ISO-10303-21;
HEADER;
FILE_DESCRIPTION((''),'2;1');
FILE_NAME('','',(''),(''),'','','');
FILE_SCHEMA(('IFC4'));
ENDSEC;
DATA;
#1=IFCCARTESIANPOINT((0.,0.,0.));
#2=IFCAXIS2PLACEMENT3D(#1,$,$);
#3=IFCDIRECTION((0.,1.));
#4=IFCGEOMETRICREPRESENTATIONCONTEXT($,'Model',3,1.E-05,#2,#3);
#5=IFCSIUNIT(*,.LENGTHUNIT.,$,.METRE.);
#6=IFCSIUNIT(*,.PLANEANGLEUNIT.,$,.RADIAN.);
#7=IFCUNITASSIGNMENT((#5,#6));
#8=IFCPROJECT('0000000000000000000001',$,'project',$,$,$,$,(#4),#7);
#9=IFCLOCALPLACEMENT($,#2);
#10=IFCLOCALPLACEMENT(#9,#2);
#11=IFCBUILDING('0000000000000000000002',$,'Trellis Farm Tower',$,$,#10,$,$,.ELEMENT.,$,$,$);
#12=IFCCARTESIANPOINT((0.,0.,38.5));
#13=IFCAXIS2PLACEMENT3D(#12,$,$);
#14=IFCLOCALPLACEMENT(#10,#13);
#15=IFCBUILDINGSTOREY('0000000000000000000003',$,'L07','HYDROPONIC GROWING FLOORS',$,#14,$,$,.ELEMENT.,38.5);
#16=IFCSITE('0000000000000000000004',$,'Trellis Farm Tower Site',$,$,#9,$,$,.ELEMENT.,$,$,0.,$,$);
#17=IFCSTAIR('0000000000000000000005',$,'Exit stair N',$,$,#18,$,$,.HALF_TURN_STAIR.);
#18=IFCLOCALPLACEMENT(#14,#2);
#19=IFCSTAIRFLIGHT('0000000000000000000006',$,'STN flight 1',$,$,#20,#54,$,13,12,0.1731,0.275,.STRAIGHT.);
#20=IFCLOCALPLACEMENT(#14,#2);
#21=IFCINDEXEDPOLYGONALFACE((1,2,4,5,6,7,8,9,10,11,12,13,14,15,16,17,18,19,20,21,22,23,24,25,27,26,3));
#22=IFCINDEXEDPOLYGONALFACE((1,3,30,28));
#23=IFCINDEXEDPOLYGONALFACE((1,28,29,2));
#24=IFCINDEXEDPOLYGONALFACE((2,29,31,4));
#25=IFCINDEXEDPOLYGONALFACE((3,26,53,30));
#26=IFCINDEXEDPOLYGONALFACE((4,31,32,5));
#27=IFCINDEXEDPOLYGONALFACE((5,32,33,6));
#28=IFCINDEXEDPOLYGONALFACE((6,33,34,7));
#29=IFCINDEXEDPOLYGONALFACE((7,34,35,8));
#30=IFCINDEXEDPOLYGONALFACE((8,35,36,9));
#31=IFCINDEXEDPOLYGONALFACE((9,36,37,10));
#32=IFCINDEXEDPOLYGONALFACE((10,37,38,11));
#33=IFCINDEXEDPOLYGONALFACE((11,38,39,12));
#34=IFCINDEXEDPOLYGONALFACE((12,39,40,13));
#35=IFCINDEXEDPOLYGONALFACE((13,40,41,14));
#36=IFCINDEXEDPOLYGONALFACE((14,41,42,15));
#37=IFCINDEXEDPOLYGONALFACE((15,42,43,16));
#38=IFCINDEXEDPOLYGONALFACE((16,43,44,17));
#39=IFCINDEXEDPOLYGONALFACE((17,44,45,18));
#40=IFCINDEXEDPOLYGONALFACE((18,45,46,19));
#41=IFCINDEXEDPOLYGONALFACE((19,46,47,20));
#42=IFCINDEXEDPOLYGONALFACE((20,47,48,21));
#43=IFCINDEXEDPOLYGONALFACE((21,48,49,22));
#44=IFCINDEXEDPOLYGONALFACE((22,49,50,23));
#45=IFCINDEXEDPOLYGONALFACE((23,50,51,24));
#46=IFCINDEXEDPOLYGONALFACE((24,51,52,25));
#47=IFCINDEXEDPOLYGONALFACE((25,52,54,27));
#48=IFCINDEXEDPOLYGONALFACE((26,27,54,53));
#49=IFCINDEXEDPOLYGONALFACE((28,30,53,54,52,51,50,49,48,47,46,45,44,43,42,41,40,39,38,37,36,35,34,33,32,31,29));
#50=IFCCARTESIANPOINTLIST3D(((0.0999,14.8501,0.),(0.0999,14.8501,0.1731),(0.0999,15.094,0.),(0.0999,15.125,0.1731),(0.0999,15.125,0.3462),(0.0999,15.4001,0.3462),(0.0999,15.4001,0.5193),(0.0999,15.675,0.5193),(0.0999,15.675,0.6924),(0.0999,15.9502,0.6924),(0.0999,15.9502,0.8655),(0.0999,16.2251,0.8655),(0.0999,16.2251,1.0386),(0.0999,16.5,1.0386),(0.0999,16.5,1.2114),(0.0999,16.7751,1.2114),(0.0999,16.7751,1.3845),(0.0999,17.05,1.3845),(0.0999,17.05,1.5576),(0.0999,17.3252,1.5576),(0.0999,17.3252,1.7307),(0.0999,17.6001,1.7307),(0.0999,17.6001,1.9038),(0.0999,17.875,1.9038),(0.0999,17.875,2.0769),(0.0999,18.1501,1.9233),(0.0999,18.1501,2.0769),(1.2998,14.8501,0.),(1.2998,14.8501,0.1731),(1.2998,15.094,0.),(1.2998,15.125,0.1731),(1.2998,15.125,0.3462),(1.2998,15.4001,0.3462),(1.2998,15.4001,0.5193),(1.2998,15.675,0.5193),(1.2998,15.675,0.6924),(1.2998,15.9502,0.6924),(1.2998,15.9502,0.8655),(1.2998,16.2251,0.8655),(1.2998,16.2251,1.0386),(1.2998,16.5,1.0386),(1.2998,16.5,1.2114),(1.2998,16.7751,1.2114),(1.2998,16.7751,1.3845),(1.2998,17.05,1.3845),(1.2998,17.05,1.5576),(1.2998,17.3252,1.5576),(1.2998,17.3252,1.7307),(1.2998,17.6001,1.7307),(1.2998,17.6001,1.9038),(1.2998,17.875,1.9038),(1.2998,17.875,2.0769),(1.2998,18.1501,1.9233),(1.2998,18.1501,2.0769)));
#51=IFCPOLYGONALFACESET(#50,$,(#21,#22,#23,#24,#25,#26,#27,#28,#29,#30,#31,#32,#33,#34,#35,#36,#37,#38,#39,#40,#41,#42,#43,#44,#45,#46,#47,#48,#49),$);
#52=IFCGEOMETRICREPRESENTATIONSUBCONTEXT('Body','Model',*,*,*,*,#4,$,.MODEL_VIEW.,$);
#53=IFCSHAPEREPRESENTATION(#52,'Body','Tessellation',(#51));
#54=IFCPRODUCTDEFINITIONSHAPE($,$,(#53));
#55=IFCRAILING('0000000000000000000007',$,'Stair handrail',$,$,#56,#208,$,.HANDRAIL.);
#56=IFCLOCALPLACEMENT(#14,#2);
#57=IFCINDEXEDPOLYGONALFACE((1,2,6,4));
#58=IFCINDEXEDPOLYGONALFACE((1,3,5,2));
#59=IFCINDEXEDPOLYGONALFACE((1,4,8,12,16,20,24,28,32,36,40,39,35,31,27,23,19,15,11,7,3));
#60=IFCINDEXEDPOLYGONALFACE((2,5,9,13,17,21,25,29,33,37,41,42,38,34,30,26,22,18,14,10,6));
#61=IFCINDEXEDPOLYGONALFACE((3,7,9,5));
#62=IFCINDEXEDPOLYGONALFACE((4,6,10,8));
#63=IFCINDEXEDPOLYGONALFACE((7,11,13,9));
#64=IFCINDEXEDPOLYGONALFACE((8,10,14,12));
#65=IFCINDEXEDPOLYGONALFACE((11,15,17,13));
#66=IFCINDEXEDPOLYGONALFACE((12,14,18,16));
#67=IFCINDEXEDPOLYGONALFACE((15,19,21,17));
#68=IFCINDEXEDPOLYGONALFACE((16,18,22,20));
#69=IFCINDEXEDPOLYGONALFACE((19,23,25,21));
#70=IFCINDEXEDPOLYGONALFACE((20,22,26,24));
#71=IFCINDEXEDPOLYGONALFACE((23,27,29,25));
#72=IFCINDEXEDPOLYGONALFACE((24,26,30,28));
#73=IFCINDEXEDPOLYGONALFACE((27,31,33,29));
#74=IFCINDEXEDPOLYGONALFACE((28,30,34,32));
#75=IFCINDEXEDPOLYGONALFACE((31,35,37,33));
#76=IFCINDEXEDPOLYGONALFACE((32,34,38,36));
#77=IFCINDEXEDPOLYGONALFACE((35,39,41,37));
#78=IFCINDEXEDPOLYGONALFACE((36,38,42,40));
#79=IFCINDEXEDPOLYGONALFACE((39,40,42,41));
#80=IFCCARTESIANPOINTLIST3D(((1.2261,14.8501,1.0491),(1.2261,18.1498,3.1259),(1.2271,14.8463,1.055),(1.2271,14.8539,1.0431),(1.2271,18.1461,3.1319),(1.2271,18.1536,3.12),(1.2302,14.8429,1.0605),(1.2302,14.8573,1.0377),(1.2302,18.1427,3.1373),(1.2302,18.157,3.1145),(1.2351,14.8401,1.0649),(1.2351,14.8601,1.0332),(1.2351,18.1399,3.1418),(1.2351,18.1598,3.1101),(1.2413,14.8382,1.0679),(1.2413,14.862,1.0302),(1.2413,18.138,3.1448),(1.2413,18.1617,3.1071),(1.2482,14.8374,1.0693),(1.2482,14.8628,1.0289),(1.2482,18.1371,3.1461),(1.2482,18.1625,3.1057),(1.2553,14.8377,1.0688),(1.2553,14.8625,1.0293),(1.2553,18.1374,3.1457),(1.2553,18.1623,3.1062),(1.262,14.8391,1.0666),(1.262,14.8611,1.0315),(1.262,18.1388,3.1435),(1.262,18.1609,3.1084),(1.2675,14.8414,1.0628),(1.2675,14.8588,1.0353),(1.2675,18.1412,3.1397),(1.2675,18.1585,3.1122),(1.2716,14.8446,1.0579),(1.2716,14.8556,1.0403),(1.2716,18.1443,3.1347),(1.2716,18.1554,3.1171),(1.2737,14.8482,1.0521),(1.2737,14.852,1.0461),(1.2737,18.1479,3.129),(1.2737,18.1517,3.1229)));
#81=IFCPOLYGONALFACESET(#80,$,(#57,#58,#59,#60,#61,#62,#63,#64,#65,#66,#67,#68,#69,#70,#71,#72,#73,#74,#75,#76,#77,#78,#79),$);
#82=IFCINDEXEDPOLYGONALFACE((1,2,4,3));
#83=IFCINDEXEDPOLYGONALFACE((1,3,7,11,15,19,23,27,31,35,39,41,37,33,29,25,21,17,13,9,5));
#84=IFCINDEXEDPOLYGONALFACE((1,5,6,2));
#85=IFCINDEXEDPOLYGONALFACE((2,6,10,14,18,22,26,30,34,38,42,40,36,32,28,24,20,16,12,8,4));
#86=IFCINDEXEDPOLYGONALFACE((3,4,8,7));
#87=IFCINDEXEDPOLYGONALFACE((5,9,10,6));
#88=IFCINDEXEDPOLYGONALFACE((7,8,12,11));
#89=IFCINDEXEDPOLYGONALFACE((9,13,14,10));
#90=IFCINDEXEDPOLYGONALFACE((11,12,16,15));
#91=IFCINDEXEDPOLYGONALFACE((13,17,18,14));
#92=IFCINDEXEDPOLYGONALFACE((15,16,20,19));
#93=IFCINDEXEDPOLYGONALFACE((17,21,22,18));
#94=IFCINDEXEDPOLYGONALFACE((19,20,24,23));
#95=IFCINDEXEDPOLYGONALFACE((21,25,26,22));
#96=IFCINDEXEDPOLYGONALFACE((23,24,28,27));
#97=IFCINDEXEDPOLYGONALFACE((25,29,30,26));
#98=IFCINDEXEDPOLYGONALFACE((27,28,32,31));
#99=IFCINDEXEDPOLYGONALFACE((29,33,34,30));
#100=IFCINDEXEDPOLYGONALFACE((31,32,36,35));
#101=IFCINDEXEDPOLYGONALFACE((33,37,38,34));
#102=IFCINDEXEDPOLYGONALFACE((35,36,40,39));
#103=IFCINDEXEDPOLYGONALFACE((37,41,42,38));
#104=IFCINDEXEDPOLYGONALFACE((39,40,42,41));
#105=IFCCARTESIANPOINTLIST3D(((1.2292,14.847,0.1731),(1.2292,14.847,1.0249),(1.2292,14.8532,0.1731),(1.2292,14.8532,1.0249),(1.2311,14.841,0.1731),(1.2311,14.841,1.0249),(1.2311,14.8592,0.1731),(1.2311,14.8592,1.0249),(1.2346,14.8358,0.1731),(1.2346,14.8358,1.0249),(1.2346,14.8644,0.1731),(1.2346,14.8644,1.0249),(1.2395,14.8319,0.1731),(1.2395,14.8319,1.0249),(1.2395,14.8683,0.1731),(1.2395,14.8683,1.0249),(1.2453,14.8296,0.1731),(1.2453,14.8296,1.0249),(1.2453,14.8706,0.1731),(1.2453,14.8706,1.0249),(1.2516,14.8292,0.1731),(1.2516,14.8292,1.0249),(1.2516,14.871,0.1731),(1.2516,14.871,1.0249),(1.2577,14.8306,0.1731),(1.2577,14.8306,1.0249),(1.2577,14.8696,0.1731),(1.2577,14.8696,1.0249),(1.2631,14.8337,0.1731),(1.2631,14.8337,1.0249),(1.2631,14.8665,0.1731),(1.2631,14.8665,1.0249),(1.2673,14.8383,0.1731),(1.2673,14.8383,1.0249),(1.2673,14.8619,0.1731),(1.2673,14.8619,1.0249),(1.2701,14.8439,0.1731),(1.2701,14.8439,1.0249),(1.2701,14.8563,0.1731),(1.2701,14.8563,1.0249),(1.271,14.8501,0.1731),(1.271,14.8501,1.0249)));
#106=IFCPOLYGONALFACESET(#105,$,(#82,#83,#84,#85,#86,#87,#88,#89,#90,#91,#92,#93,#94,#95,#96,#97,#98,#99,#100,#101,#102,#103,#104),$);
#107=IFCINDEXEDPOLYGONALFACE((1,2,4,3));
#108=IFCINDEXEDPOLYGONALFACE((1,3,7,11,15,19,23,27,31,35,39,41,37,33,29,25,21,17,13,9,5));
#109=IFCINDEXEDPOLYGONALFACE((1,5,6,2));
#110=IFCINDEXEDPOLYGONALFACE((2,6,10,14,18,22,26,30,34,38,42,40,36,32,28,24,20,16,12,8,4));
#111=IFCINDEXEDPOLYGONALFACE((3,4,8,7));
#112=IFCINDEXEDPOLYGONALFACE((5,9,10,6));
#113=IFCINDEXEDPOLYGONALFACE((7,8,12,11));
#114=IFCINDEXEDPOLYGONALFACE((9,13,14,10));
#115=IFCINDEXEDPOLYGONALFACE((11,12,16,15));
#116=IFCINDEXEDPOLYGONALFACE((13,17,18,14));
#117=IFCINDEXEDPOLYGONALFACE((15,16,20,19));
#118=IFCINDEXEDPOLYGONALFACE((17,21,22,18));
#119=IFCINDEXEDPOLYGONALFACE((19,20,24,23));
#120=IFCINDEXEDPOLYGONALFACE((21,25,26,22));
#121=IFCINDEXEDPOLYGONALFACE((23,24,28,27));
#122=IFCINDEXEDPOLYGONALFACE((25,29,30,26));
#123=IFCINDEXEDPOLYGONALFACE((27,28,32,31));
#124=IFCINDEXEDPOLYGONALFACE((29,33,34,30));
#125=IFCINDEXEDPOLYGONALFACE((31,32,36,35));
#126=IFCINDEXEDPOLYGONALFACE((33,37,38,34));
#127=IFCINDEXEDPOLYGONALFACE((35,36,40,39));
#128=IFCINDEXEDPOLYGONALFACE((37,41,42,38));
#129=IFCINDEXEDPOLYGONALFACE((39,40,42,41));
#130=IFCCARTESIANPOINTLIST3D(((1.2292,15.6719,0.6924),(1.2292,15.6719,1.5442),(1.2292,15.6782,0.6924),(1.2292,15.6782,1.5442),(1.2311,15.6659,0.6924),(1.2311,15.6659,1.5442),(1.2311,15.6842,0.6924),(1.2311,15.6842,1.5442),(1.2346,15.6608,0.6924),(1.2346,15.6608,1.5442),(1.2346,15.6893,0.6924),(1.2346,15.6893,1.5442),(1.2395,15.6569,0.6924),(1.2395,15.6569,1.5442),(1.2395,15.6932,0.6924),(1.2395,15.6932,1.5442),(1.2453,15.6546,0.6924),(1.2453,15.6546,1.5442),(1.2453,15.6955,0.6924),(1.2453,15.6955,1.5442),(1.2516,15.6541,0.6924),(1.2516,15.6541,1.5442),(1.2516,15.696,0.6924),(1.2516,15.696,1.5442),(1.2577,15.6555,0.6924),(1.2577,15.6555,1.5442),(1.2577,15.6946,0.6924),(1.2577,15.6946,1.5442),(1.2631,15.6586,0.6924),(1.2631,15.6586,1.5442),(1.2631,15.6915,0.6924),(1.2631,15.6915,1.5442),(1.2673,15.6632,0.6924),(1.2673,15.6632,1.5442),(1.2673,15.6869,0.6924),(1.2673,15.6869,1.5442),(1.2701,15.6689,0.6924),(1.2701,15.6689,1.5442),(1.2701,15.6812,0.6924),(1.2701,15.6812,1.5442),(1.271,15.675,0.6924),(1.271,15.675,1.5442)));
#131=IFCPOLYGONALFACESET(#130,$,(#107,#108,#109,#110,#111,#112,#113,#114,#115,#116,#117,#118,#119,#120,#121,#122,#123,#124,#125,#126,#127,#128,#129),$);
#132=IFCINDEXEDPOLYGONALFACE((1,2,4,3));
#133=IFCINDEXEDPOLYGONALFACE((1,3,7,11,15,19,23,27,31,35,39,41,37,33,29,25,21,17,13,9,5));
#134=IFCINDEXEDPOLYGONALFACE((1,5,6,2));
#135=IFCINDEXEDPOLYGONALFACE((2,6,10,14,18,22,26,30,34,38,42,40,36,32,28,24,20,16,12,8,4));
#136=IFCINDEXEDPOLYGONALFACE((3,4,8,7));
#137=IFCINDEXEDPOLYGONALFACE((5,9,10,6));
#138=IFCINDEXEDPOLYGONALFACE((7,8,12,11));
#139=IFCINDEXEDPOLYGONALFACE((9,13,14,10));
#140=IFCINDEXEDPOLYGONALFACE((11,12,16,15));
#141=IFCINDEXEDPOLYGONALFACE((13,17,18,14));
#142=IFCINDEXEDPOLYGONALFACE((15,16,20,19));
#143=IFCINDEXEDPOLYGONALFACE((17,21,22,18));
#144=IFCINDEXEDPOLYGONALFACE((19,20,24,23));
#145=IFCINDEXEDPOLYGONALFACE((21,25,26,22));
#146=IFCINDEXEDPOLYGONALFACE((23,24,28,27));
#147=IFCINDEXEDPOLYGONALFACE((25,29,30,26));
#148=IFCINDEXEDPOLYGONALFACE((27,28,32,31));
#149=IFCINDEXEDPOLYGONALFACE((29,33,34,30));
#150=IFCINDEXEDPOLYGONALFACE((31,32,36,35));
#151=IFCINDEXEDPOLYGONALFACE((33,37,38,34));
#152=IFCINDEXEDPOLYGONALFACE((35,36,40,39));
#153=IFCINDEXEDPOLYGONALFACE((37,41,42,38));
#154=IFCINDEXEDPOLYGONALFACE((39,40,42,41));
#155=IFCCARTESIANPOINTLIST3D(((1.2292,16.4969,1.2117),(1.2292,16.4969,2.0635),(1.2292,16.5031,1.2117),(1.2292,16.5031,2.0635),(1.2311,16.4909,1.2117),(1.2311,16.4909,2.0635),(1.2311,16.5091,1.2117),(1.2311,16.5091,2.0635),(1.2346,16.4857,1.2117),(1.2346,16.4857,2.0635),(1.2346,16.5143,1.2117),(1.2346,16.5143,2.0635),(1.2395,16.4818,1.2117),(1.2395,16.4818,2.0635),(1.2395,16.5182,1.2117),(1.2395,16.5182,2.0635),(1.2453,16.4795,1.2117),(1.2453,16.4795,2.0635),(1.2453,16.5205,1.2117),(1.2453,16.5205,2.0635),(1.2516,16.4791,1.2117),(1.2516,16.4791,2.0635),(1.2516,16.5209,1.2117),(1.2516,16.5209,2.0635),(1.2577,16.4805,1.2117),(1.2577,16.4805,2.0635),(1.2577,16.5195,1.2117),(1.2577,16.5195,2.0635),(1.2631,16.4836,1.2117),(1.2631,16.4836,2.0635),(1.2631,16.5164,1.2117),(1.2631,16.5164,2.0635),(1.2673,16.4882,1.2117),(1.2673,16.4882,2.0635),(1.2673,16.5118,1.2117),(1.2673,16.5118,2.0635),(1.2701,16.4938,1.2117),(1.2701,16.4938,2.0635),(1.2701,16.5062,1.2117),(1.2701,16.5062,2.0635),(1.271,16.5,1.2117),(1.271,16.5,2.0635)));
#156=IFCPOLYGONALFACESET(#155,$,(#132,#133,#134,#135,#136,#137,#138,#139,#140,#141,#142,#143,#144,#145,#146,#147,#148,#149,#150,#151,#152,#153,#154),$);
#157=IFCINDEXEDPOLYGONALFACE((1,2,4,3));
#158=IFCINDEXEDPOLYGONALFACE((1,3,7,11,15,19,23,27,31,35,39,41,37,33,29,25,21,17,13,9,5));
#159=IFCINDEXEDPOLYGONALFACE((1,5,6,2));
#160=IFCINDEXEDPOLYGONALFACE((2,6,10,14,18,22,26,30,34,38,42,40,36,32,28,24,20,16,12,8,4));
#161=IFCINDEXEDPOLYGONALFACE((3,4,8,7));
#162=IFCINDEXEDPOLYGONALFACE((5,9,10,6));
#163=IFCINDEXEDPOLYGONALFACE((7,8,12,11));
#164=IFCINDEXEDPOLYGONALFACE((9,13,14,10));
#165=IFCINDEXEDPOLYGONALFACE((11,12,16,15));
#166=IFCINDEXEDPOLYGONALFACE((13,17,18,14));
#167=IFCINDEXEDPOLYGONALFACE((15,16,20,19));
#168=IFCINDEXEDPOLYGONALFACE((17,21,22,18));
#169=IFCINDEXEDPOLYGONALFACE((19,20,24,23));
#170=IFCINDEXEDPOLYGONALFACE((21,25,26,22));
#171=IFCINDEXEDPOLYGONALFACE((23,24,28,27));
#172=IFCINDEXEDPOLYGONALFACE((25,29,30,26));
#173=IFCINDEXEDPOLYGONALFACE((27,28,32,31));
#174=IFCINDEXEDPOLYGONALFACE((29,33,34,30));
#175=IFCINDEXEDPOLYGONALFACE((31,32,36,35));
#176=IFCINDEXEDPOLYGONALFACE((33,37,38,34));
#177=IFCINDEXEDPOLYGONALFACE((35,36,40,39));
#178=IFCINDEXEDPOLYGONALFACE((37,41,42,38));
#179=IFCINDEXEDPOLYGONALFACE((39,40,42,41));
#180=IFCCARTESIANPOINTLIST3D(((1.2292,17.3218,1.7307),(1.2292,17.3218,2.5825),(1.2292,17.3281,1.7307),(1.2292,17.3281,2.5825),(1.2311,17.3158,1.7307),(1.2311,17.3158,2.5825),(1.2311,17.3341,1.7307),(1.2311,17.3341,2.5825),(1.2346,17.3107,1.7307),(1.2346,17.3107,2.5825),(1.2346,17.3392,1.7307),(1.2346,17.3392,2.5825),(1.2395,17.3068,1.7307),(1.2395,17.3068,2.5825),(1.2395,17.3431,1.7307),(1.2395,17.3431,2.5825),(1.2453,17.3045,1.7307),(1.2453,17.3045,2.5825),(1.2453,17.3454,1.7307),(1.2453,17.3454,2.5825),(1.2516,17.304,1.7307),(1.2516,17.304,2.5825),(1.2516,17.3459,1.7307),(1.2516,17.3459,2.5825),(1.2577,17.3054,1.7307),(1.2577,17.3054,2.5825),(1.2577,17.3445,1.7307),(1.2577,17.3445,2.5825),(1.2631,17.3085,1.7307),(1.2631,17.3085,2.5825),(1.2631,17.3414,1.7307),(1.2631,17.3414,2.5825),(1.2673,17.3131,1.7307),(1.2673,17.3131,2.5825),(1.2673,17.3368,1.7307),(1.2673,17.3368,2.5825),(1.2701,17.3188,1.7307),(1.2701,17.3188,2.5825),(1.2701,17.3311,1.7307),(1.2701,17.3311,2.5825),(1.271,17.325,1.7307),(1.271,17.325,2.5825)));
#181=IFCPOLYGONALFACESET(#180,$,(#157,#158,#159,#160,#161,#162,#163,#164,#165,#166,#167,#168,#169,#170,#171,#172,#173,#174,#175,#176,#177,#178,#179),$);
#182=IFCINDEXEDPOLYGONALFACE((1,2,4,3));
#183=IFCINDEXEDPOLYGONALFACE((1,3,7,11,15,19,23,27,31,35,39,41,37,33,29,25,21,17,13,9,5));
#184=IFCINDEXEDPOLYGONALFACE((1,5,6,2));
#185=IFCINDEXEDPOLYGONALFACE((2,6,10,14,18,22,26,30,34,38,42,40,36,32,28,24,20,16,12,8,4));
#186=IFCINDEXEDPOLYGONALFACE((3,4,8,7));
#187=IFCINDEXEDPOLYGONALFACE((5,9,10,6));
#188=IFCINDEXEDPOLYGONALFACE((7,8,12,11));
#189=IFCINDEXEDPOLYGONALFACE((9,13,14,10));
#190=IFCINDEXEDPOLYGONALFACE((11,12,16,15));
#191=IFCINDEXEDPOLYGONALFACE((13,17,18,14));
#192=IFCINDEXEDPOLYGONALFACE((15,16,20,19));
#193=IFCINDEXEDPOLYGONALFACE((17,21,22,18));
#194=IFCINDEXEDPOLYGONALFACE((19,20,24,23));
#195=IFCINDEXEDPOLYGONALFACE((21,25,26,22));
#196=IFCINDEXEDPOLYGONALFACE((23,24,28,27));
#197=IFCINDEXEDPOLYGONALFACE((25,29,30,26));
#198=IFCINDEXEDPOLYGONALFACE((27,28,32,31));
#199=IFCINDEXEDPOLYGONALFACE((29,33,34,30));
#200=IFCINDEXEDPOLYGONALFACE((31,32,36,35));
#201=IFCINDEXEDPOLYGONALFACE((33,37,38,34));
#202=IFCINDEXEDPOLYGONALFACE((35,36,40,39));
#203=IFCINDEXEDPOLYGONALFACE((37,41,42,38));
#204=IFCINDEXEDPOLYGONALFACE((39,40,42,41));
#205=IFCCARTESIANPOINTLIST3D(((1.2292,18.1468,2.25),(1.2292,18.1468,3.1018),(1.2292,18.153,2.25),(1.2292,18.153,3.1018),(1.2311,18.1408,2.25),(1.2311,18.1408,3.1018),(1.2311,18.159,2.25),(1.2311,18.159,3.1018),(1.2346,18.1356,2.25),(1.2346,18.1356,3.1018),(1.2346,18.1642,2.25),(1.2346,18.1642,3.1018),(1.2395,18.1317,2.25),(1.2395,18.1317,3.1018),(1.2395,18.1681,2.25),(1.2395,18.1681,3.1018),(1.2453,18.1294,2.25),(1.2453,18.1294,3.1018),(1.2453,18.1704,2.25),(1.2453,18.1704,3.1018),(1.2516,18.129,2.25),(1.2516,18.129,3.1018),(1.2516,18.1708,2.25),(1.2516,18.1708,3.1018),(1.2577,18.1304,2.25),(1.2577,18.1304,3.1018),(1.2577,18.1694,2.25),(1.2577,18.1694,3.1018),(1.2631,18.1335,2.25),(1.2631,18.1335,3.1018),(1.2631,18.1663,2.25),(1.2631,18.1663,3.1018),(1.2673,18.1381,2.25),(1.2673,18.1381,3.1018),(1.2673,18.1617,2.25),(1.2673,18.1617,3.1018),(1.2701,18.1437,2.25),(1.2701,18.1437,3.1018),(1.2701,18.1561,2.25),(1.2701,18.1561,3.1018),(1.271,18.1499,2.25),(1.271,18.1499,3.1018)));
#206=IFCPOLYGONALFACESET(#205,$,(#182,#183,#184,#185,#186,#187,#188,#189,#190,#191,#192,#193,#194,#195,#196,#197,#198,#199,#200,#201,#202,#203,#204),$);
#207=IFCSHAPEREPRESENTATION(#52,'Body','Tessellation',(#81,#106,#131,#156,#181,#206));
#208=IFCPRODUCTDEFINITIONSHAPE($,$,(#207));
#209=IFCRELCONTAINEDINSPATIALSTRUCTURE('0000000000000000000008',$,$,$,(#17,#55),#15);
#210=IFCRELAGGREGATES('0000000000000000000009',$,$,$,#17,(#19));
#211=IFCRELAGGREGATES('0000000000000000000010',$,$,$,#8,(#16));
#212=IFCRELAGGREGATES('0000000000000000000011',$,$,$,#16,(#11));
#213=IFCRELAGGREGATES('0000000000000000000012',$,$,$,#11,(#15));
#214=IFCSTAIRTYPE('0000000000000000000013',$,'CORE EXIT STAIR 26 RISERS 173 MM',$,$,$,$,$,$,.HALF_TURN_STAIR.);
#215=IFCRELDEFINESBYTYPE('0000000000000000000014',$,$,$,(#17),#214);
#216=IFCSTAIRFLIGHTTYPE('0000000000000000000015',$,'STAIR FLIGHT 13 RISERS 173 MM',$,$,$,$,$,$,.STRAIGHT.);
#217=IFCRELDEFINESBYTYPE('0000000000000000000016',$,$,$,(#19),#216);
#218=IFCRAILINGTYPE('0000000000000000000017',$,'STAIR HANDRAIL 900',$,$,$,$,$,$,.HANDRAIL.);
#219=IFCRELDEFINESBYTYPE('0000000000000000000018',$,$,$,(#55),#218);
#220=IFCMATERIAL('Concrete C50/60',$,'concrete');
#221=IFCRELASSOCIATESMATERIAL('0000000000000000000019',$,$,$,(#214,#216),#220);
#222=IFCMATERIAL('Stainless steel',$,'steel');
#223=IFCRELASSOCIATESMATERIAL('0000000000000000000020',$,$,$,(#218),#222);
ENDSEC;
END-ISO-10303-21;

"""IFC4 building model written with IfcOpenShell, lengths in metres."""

from ifc_helpers import new_model, si_unit, direction, frame, origin, origin_2d, place, context, subcontext, project, spatial, polyline, circle, outline, extrude, source, transform, mapped, material, type_object, element, aggregate, save


model = new_model("IFC4")

# Units and contexts
model_context = context("Model", 3, precision=1e-05, world=origin(), true_north=direction((0.0, 1.0)))
body_context = subcontext(model_context, "Body", "Model", "MODEL_VIEW")
ifc_project = project(units=[si_unit("LENGTHUNIT", "METRE"), si_unit("PLANEANGLEUNIT", "RADIAN")], contexts=[model_context])

# Site, building, storey
site_placement = place(None, origin())
site = spatial("IfcSite", under=ifc_project, at=site_placement, Name="Trellis Farm Tower Site", CompositionType="ELEMENT", RefElevation=0.0)
building_placement = place(site_placement, origin())
building = spatial("IfcBuilding", under=site, at=building_placement, Name="Trellis Farm Tower", CompositionType="ELEMENT")
storey_placement = place(building_placement, frame((0.0, 0.0, 38.5)))
storey = spatial("IfcBuildingStorey", under=building, at=storey_placement, Name="L07", Description="HYDROPONIC GROWING FLOORS", CompositionType="ELEMENT", Elevation=38.5)

# Shared definitions
placement = place(storey_placement, origin())

# Stair, stair flight
ifc_material_1 = material(Name="Concrete C50/60", Category="concrete")
stair_type = type_object("IfcStairType", Name="CORE EXIT STAIR 26 RISERS 173 MM", PredefinedType="HALF_TURN_STAIR", material=ifc_material_1)
stair = element("IfcStair", 1, at=placement, inside=storey, type_object=stair_type, Name="Exit stair N", PredefinedType="HALF_TURN_STAIR")
stair_flight_type = type_object("IfcStairFlightType", Name="STAIR FLIGHT 13 RISERS 173 MM", PredefinedType="STRAIGHT", material=ifc_material_1)
shared_shape_1 = source(origin(), body_context, "Body", "SweptSolid", [
    extrude(outline(polyline([(0.0, 0.0), (0.0, 0.1731), (0.2749, 0.1731), (0.2749, 0.3462), (0.55, 0.3462), (0.55, 0.5193), (0.825, 0.5193), (0.825, 0.6924), (1.1001, 0.6924), (1.1001, 0.8655), (1.375, 0.8655), (1.375, 1.0386), (1.6499, 1.0386), (1.6499, 1.2114), (1.925, 1.2114), (1.925, 1.3845), (2.2, 1.3845), (2.2, 1.5576), (2.4751, 1.5576), (2.4751, 1.7307), (2.75, 1.7307), (2.75, 1.9038), (3.0249, 1.9038), (3.0249, 2.0769), (3.3, 2.0769), (3.3, 2.25), (3.3, 1.9233), (0.2439, 0.0), (0.0, 0.0)])), frame((0.0, 0.6001, 0.0), z_axis=(0.0, -1.0, 0.0), x_axis=(1.0, 0.0, 0.0)), (0.0, 0.0, 1.0), 1.2),
])
stair_flight_placement = place(storey_placement, frame((0.7, 14.8501, 0.0), z_axis=(0.0, 0.0, 1.0), x_axis=(0.0, 1.0, 0.0)))
stair_flight = element("IfcStairFlight", 2, at=stair_flight_placement, type_object=stair_flight_type, Name="STN flight 1", NumberOfRisers=13, NumberOfTreads=12, PredefinedType="STRAIGHT", RiserHeight=0.1731, TreadLength=0.275, context=body_context, shape_type="MappedRepresentation", body=[
    mapped(shared_shape_1, transform((0.0, 0.0, 0.0))),
])
aggregate(stair, [stair_flight])

# Railing
ifc_material_2 = material(Name="Stainless steel", Category="steel")
railing_type = type_object("IfcRailingType", Name="STAIR HANDRAIL 900", PredefinedType="HANDRAIL", material=ifc_material_2)
shared_shape_2 = source(origin(), body_context, "Body", "SweptSolid", [
    extrude(circle(Radius=0.0239, at=origin_2d()), frame((0.0, 0.0, 0.876), z_axis=(0.0, 0.84632, 0.532675), x_axis=(-1.0, 0.0, 0.0)), (0.0, 0.0, 1.0), 3.8989),
    extrude(circle(Radius=0.021, at=origin_2d()), origin(), (0.0, 0.0, 1.0), 0.8518),
    extrude(circle(Radius=0.021, at=origin_2d()), frame((0.0, 0.825, 0.5193)), (0.0, 0.0, 1.0), 0.8518),
    extrude(circle(Radius=0.021, at=origin_2d()), frame((0.0, 1.6499, 1.0386)), (0.0, 0.0, 1.0), 0.8518),
    extrude(circle(Radius=0.021, at=origin_2d()), frame((0.0, 2.4749, 1.5576)), (0.0, 0.0, 1.0), 0.8518),
    extrude(circle(Radius=0.021, at=origin_2d()), frame((0.0, 3.2998, 2.0769)), (0.0, 0.0, 1.0), 0.8518),
])
railing_placement = place(storey_placement, frame((1.25, 14.8501, 0.1731)))
element("IfcRailing", 3, at=railing_placement, inside=storey, type_object=railing_type, Name="Stair handrail", PredefinedType="HANDRAIL", context=body_context, shape_type="MappedRepresentation", body=[
    mapped(shared_shape_2, transform((0.0, 0.0, 0.0))),
])

save(model, "model.ifc")
